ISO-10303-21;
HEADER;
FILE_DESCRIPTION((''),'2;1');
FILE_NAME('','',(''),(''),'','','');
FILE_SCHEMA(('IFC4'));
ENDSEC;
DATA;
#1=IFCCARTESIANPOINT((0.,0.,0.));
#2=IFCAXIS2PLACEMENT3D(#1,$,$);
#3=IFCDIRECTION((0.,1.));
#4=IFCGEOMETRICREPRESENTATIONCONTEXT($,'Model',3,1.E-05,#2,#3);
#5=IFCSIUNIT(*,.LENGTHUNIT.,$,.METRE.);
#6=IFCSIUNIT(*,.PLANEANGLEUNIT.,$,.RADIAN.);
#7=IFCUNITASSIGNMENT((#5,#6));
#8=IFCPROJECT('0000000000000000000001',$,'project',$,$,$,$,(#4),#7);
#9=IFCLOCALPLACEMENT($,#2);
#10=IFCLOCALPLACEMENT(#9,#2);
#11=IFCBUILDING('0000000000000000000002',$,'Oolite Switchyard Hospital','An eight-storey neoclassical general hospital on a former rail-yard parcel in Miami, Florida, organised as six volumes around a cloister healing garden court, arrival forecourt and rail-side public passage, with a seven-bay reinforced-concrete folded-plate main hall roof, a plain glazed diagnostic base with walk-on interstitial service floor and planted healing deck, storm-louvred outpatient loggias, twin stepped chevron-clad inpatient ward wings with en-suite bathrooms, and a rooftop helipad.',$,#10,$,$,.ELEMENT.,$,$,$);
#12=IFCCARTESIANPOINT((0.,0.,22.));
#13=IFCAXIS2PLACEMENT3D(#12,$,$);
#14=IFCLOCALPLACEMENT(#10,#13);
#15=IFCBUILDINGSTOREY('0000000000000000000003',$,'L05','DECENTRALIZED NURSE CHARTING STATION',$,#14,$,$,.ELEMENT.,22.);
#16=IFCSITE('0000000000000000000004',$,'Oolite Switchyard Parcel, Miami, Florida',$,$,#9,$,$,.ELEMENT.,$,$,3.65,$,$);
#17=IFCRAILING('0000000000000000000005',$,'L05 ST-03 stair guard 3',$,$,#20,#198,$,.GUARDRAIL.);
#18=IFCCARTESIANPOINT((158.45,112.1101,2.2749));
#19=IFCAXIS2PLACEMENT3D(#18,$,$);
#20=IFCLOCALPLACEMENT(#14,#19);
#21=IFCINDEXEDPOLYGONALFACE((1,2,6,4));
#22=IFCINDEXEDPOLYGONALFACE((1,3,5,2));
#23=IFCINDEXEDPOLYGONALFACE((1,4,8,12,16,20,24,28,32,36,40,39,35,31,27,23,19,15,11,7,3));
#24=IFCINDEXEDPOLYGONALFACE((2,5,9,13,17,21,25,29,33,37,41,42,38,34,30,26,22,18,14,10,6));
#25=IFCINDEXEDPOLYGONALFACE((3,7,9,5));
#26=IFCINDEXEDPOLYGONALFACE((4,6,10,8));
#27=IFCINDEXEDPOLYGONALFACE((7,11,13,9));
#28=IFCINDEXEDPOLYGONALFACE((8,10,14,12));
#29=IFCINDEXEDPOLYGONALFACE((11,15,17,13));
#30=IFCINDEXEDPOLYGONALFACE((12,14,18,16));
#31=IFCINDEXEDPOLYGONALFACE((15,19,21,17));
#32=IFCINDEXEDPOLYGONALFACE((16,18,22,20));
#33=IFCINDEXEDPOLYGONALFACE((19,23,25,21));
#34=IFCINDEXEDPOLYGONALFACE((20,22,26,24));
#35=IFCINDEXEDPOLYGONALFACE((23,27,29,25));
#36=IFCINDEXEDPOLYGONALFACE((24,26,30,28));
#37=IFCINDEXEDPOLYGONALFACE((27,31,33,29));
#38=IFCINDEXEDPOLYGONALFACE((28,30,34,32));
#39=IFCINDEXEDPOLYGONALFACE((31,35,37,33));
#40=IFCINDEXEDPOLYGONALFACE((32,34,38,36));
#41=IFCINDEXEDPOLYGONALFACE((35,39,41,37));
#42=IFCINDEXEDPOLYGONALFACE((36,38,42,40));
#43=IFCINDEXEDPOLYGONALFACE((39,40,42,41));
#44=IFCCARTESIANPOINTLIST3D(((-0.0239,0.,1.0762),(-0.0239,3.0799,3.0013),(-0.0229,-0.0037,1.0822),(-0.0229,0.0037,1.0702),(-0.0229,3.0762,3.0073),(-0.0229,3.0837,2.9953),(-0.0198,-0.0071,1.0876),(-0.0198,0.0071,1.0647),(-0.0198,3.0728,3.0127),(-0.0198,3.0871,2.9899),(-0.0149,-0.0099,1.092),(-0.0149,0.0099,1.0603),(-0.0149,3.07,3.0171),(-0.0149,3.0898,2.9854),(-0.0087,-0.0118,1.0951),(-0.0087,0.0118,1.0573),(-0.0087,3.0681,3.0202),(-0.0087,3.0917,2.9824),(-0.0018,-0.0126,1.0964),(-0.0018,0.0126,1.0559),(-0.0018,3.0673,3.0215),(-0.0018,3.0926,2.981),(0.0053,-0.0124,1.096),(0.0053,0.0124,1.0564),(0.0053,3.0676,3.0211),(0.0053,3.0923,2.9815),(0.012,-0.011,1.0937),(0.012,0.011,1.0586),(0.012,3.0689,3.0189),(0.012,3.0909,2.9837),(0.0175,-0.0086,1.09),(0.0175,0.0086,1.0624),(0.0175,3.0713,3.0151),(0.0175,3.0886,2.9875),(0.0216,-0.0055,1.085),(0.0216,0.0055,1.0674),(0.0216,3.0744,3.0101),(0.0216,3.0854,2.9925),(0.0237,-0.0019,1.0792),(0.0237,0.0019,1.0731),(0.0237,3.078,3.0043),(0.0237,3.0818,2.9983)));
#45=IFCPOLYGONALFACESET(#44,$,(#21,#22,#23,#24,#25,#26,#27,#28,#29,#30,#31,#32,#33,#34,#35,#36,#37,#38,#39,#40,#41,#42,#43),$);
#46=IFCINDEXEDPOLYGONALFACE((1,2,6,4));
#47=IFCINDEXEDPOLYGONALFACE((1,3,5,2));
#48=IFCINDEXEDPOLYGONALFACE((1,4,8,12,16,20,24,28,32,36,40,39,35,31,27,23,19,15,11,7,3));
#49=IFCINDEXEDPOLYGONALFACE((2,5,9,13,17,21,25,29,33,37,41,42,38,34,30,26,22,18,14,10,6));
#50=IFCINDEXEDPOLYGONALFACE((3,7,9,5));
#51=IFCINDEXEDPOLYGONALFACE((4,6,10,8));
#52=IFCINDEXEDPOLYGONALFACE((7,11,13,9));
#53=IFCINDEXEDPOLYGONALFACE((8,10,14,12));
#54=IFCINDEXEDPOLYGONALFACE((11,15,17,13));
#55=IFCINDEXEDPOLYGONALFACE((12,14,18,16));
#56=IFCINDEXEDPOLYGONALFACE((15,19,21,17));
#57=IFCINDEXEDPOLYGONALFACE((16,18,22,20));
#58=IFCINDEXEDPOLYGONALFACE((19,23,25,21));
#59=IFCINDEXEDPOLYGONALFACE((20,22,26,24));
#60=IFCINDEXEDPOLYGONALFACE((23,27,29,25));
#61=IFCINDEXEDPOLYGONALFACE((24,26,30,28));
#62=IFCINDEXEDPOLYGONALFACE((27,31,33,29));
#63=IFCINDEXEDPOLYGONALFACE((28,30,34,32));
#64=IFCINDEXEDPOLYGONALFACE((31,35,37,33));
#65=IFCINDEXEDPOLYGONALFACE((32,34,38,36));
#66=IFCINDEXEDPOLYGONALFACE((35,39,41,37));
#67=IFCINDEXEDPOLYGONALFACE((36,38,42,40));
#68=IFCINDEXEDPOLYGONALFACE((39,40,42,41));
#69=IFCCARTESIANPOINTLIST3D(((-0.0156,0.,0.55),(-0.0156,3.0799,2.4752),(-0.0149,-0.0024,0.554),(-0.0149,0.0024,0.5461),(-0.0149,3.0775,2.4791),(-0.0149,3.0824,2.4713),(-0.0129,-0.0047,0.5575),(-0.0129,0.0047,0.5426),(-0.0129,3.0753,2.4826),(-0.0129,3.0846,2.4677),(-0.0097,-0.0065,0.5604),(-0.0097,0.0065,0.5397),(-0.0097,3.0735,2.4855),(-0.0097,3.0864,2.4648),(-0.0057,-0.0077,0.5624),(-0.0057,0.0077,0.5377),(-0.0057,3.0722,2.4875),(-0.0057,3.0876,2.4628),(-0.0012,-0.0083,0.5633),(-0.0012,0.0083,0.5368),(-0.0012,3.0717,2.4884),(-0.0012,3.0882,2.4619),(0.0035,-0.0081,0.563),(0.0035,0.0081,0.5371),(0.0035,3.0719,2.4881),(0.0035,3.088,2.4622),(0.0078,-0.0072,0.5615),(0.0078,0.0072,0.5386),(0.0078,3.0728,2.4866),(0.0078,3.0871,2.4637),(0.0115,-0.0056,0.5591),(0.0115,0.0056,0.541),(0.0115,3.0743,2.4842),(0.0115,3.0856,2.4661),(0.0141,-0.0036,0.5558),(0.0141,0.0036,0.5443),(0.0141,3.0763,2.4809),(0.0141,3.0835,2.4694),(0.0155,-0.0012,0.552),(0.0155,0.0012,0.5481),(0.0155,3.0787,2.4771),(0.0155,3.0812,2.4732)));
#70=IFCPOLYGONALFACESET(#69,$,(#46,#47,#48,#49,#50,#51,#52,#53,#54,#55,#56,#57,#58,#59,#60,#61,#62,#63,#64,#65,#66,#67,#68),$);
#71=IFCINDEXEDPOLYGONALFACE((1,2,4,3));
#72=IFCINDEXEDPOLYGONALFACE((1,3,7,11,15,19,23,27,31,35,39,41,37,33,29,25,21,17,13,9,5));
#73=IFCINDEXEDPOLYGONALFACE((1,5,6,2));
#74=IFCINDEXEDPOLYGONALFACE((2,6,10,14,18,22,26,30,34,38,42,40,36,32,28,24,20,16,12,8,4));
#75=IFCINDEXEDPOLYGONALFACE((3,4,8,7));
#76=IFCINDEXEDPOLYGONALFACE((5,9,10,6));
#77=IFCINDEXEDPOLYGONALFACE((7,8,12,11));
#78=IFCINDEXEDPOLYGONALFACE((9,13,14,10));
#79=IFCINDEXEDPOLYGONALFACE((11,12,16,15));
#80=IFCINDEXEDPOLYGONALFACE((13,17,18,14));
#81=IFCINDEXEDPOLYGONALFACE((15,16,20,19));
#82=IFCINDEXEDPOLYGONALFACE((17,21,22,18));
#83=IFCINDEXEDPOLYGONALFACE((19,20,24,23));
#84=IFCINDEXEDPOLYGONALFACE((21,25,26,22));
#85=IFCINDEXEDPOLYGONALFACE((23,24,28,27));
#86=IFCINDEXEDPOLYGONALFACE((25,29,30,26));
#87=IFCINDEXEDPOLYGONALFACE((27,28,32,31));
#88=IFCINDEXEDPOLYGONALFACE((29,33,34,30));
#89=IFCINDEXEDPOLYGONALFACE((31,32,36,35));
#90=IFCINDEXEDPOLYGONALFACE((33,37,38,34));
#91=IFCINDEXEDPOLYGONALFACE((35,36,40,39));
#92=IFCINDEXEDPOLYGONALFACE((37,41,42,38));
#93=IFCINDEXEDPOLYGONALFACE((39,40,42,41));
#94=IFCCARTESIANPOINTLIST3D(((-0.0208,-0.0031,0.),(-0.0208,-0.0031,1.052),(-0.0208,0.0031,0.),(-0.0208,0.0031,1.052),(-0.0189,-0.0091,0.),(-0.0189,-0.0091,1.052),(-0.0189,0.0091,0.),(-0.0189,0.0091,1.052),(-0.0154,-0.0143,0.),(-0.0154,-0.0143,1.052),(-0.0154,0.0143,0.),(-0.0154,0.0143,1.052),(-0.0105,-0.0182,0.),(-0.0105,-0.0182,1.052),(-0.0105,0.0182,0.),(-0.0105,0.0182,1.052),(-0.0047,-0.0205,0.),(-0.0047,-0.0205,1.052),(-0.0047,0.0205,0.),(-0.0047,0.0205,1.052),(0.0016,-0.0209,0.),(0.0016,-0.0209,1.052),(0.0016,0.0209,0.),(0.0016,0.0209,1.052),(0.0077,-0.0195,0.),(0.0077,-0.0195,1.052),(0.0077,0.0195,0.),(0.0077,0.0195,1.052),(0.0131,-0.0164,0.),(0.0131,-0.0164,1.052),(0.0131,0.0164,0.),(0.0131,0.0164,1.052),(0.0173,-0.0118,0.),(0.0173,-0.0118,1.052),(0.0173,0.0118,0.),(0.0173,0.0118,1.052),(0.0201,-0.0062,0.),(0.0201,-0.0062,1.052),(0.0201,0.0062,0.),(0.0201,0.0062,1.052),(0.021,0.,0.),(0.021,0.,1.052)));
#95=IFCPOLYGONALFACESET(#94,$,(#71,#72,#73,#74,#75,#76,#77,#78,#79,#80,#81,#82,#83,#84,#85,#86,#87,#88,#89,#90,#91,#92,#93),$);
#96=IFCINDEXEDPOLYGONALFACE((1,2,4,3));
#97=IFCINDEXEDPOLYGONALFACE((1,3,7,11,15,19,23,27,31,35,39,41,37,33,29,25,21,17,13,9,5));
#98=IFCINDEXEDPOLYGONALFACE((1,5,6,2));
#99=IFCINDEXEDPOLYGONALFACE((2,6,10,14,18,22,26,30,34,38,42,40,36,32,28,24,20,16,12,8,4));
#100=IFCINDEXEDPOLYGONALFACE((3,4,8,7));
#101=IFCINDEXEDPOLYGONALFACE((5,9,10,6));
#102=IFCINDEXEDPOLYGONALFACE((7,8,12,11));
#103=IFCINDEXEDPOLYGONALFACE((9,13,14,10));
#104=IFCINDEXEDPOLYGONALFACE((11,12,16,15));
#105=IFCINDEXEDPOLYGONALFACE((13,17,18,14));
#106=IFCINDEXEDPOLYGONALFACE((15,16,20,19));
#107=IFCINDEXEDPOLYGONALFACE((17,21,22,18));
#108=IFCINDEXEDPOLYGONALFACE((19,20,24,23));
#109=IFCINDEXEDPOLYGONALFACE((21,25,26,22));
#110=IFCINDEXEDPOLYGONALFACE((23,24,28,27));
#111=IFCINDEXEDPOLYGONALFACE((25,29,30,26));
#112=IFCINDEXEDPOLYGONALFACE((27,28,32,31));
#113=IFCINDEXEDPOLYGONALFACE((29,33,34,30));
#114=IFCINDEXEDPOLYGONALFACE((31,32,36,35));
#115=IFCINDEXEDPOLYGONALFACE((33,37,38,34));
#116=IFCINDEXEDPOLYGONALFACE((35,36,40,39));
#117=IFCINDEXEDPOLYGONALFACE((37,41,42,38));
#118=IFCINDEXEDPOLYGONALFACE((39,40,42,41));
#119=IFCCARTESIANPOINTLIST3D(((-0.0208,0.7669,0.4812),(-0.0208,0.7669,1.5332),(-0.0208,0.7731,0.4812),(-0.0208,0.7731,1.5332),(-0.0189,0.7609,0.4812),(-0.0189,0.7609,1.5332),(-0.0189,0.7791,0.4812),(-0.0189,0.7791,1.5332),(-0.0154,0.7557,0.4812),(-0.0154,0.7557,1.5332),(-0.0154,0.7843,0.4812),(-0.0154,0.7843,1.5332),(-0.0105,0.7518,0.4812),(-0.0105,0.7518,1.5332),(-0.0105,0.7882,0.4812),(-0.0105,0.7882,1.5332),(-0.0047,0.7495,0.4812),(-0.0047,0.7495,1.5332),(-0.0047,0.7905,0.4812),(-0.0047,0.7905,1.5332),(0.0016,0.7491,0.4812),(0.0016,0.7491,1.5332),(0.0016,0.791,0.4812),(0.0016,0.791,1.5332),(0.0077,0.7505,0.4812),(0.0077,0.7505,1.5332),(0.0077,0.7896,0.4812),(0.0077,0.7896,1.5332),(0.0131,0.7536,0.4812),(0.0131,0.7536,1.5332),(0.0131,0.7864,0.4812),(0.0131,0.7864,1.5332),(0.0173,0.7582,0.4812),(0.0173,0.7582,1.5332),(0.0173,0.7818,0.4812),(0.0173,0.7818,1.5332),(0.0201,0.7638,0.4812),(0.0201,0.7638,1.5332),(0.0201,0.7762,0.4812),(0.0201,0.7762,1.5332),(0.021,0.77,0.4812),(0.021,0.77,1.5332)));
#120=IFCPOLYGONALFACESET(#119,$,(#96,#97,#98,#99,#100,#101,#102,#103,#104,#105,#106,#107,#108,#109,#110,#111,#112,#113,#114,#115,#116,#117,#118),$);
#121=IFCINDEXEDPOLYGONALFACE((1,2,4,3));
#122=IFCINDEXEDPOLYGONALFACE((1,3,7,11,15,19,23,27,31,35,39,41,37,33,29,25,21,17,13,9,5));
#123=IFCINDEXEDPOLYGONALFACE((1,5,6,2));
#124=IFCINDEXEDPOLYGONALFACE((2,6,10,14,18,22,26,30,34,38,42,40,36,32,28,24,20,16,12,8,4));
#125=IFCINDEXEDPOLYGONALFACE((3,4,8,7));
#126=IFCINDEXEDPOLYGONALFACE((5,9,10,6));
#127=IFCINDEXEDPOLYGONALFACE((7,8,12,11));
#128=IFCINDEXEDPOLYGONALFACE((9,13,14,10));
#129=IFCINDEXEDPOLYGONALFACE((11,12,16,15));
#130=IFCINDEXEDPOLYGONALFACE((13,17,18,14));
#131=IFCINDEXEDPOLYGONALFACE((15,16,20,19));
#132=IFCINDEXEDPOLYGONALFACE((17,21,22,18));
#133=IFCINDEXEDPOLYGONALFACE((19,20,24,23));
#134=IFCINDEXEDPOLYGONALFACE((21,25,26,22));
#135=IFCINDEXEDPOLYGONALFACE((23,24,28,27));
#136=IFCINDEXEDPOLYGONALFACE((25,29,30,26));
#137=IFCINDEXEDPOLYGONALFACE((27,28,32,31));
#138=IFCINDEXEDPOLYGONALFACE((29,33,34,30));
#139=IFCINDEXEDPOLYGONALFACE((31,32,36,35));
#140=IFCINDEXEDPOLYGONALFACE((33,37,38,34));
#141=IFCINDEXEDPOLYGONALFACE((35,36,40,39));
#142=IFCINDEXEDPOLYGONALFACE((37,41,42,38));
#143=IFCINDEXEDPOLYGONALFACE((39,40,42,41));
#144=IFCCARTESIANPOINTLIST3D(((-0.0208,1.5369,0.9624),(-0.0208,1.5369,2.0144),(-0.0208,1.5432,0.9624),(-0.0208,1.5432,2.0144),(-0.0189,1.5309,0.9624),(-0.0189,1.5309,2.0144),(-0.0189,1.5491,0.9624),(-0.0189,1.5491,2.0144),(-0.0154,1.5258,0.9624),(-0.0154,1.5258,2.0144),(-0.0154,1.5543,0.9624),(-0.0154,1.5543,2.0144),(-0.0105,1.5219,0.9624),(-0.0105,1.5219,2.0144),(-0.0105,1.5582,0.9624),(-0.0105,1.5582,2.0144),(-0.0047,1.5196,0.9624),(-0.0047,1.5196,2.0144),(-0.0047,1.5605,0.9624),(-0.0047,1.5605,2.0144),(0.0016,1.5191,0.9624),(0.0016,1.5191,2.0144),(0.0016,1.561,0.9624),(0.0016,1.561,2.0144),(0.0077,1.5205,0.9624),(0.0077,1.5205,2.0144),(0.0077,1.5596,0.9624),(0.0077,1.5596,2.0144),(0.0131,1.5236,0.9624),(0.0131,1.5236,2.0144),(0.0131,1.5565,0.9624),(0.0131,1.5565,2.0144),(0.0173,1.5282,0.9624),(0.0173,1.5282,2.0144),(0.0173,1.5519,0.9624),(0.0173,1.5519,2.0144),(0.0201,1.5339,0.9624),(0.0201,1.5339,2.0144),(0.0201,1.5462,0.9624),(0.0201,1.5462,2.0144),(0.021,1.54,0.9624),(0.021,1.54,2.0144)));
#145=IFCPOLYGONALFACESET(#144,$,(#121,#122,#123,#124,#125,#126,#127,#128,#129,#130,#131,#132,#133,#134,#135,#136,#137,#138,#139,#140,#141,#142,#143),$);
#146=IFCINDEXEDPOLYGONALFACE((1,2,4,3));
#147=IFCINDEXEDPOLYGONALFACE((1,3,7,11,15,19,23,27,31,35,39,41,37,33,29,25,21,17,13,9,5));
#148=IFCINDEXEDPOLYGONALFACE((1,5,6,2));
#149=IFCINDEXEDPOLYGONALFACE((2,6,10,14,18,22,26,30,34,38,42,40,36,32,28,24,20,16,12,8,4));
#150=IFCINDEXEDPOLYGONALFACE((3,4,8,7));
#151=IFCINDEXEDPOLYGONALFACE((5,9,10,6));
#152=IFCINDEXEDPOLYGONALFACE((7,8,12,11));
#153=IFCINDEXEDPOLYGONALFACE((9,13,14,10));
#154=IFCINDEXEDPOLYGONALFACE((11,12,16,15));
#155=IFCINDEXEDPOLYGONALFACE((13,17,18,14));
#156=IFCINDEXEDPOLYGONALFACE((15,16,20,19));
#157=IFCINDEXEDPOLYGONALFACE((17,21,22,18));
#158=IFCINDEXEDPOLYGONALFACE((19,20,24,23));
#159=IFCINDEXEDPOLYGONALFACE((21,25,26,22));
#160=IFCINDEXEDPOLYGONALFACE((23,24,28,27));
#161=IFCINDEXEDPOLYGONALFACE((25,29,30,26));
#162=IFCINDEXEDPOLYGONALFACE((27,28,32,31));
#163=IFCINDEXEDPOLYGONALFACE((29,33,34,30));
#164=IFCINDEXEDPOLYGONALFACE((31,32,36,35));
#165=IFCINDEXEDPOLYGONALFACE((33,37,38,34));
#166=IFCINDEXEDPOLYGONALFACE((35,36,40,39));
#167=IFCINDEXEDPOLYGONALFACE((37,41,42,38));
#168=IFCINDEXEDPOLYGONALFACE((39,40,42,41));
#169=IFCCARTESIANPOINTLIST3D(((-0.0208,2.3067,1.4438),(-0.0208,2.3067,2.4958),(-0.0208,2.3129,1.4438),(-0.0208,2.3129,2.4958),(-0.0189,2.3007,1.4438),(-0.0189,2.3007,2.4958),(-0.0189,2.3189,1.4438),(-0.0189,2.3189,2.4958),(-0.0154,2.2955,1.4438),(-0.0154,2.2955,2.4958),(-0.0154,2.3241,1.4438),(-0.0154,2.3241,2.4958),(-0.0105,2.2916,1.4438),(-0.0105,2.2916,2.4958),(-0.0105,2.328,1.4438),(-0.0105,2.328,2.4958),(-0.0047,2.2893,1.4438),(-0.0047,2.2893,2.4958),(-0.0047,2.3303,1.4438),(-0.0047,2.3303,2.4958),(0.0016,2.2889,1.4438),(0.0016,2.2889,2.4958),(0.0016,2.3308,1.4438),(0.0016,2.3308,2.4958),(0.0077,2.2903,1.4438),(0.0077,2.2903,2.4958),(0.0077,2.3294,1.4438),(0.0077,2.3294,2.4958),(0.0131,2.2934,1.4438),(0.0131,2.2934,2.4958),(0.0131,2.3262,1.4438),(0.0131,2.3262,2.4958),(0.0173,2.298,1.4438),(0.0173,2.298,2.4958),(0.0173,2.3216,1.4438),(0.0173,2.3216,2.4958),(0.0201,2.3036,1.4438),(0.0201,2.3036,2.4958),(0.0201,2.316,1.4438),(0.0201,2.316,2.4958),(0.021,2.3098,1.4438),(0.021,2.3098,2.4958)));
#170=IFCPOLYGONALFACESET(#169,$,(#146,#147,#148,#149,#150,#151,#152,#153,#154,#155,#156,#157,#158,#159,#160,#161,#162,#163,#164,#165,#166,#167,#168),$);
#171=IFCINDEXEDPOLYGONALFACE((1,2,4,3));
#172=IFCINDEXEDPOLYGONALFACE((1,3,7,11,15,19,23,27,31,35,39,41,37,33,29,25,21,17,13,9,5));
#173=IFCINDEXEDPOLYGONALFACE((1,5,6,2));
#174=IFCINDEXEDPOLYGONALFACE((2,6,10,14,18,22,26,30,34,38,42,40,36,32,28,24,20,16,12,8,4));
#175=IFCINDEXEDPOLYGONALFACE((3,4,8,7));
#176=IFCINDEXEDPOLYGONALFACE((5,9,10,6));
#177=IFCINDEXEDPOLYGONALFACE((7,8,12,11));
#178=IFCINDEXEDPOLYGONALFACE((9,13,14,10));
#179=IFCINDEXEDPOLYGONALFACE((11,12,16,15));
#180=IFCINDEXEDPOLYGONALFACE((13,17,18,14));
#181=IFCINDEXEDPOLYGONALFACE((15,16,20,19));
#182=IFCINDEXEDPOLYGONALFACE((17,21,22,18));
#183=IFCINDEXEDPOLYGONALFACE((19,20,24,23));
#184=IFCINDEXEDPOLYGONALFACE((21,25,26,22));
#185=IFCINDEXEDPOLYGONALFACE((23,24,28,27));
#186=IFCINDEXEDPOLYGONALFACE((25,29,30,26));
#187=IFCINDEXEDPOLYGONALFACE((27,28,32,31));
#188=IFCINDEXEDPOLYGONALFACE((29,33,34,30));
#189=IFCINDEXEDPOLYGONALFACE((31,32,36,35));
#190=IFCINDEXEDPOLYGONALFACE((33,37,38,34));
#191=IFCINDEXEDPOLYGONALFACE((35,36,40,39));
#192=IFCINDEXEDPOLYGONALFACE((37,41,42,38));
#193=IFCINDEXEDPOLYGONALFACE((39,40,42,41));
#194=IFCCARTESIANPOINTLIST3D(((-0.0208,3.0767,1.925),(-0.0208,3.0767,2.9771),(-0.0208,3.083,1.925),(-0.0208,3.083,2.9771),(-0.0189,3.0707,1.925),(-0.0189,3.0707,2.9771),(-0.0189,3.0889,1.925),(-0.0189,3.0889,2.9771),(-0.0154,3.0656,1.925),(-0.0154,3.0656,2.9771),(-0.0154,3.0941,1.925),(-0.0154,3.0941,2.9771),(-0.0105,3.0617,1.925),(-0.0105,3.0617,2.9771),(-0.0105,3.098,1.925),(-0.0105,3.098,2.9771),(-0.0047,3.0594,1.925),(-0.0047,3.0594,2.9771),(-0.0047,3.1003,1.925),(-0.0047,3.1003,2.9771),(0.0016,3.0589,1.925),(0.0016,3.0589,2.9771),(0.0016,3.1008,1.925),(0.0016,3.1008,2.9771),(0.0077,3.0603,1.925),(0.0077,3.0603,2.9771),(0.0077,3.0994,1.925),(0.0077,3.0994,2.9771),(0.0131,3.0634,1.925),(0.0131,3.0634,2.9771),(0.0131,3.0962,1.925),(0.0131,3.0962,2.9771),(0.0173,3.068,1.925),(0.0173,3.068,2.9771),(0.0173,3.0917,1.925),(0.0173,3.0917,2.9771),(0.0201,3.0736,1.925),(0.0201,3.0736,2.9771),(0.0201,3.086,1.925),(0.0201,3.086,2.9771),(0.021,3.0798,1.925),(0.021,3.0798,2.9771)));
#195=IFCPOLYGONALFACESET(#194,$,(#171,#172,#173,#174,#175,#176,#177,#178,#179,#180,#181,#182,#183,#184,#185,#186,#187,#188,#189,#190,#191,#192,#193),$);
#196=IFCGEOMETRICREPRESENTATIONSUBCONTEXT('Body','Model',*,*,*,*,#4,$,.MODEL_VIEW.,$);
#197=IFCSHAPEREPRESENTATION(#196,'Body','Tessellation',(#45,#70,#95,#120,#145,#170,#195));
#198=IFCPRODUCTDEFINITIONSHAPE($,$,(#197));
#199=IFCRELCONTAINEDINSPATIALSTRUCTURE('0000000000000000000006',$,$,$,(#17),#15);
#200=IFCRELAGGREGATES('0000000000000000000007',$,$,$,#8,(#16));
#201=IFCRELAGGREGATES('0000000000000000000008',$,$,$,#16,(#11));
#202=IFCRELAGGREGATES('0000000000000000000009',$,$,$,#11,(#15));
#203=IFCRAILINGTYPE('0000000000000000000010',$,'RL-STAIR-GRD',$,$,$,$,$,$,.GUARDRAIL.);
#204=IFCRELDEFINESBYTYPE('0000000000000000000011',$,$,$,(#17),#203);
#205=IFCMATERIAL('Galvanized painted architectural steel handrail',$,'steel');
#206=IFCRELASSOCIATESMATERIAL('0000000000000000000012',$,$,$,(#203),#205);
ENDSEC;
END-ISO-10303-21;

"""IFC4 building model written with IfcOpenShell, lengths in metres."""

from ifc_helpers import new_model, si_unit, direction, frame, origin, origin_2d, place, context, subcontext, project, spatial, circle, extrude, material, type_object, element, save


model = new_model("IFC4")

# Units and contexts
model_context = context("Model", 3, precision=1e-05, world=origin(), true_north=direction((0.0, 1.0)))
body_context = subcontext(model_context, "Body", "Model", "MODEL_VIEW")
ifc_project = project(units=[si_unit("LENGTHUNIT", "METRE"), si_unit("PLANEANGLEUNIT", "RADIAN")], contexts=[model_context])

# Site, building, storey
site_placement = place(None, origin())
site = spatial("IfcSite", under=ifc_project, at=site_placement, Name="Oolite Switchyard Parcel, Miami, Florida", CompositionType="ELEMENT", RefElevation=3.65)
building_placement = place(site_placement, origin())
building = spatial("IfcBuilding", under=site, at=building_placement, Name="Oolite Switchyard Hospital", Description="An eight-storey neoclassical general hospital on a former rail-yard parcel in Miami, Florida, organised as six volumes around a cloister healing garden court, arrival forecourt and rail-side public passage, with a seven-bay reinforced-concrete folded-plate main hall roof, a plain glazed diagnostic base with walk-on interstitial service floor and planted healing deck, storm-louvred outpatient loggias, twin stepped chevron-clad inpatient ward wings with en-suite bathrooms, and a rooftop helipad.", CompositionType="ELEMENT")
storey_placement = place(building_placement, frame((0.0, 0.0, 22.0)))
storey = spatial("IfcBuildingStorey", under=building, at=storey_placement, Name="L05", Description="DECENTRALIZED NURSE CHARTING STATION", CompositionType="ELEMENT", Elevation=22.0)

# Railing
ifc_material_1 = material(Name="Galvanized painted architectural steel handrail", Category="steel")
railing_type_1 = type_object("IfcRailingType", Name="RL-STAIR-GRD", PredefinedType="GUARDRAIL", material=ifc_material_1)
railing_1_placement = place(storey_placement, frame((158.45, 112.1101, 2.2749)))
element("IfcRailing", 1, at=railing_1_placement, inside=storey, type_object=railing_type_1, Name="L05 ST-03 stair guard 3", PredefinedType="GUARDRAIL", context=body_context, shape_type="SweptSolid", body=[
    extrude(circle(Radius=0.0239, at=origin_2d()), frame((0.0, 0.0, 1.0762), z_axis=(0.0, 0.847979, 0.530029), x_axis=(-1.0, 0.0, 0.0)), (0.0, 0.0, 1.0), 3.6321),
    extrude(circle(Radius=0.0156, at=origin_2d()), frame((0.0, 0.0, 0.55), z_axis=(0.0, 0.847979, 0.530029), x_axis=(-1.0, 0.0, 0.0)), (0.0, 0.0, 1.0), 3.6321),
    extrude(circle(Radius=0.021, at=origin_2d()), origin(), (0.0, 0.0, 1.0), 1.052),
    extrude(circle(Radius=0.021, at=origin_2d()), frame((0.0, 0.77, 0.4812)), (0.0, 0.0, 1.0), 1.052),
    extrude(circle(Radius=0.021, at=origin_2d()), frame((0.0, 1.54, 0.9624)), (0.0, 0.0, 1.0), 1.052),
    extrude(circle(Radius=0.021, at=origin_2d()), frame((0.0, 2.3098, 1.4438)), (0.0, 0.0, 1.0), 1.052),
    extrude(circle(Radius=0.021, at=origin_2d()), frame((0.0, 3.0798, 1.925)), (0.0, 0.0, 1.0), 1.052),
])

save(model, "model.ifc")
